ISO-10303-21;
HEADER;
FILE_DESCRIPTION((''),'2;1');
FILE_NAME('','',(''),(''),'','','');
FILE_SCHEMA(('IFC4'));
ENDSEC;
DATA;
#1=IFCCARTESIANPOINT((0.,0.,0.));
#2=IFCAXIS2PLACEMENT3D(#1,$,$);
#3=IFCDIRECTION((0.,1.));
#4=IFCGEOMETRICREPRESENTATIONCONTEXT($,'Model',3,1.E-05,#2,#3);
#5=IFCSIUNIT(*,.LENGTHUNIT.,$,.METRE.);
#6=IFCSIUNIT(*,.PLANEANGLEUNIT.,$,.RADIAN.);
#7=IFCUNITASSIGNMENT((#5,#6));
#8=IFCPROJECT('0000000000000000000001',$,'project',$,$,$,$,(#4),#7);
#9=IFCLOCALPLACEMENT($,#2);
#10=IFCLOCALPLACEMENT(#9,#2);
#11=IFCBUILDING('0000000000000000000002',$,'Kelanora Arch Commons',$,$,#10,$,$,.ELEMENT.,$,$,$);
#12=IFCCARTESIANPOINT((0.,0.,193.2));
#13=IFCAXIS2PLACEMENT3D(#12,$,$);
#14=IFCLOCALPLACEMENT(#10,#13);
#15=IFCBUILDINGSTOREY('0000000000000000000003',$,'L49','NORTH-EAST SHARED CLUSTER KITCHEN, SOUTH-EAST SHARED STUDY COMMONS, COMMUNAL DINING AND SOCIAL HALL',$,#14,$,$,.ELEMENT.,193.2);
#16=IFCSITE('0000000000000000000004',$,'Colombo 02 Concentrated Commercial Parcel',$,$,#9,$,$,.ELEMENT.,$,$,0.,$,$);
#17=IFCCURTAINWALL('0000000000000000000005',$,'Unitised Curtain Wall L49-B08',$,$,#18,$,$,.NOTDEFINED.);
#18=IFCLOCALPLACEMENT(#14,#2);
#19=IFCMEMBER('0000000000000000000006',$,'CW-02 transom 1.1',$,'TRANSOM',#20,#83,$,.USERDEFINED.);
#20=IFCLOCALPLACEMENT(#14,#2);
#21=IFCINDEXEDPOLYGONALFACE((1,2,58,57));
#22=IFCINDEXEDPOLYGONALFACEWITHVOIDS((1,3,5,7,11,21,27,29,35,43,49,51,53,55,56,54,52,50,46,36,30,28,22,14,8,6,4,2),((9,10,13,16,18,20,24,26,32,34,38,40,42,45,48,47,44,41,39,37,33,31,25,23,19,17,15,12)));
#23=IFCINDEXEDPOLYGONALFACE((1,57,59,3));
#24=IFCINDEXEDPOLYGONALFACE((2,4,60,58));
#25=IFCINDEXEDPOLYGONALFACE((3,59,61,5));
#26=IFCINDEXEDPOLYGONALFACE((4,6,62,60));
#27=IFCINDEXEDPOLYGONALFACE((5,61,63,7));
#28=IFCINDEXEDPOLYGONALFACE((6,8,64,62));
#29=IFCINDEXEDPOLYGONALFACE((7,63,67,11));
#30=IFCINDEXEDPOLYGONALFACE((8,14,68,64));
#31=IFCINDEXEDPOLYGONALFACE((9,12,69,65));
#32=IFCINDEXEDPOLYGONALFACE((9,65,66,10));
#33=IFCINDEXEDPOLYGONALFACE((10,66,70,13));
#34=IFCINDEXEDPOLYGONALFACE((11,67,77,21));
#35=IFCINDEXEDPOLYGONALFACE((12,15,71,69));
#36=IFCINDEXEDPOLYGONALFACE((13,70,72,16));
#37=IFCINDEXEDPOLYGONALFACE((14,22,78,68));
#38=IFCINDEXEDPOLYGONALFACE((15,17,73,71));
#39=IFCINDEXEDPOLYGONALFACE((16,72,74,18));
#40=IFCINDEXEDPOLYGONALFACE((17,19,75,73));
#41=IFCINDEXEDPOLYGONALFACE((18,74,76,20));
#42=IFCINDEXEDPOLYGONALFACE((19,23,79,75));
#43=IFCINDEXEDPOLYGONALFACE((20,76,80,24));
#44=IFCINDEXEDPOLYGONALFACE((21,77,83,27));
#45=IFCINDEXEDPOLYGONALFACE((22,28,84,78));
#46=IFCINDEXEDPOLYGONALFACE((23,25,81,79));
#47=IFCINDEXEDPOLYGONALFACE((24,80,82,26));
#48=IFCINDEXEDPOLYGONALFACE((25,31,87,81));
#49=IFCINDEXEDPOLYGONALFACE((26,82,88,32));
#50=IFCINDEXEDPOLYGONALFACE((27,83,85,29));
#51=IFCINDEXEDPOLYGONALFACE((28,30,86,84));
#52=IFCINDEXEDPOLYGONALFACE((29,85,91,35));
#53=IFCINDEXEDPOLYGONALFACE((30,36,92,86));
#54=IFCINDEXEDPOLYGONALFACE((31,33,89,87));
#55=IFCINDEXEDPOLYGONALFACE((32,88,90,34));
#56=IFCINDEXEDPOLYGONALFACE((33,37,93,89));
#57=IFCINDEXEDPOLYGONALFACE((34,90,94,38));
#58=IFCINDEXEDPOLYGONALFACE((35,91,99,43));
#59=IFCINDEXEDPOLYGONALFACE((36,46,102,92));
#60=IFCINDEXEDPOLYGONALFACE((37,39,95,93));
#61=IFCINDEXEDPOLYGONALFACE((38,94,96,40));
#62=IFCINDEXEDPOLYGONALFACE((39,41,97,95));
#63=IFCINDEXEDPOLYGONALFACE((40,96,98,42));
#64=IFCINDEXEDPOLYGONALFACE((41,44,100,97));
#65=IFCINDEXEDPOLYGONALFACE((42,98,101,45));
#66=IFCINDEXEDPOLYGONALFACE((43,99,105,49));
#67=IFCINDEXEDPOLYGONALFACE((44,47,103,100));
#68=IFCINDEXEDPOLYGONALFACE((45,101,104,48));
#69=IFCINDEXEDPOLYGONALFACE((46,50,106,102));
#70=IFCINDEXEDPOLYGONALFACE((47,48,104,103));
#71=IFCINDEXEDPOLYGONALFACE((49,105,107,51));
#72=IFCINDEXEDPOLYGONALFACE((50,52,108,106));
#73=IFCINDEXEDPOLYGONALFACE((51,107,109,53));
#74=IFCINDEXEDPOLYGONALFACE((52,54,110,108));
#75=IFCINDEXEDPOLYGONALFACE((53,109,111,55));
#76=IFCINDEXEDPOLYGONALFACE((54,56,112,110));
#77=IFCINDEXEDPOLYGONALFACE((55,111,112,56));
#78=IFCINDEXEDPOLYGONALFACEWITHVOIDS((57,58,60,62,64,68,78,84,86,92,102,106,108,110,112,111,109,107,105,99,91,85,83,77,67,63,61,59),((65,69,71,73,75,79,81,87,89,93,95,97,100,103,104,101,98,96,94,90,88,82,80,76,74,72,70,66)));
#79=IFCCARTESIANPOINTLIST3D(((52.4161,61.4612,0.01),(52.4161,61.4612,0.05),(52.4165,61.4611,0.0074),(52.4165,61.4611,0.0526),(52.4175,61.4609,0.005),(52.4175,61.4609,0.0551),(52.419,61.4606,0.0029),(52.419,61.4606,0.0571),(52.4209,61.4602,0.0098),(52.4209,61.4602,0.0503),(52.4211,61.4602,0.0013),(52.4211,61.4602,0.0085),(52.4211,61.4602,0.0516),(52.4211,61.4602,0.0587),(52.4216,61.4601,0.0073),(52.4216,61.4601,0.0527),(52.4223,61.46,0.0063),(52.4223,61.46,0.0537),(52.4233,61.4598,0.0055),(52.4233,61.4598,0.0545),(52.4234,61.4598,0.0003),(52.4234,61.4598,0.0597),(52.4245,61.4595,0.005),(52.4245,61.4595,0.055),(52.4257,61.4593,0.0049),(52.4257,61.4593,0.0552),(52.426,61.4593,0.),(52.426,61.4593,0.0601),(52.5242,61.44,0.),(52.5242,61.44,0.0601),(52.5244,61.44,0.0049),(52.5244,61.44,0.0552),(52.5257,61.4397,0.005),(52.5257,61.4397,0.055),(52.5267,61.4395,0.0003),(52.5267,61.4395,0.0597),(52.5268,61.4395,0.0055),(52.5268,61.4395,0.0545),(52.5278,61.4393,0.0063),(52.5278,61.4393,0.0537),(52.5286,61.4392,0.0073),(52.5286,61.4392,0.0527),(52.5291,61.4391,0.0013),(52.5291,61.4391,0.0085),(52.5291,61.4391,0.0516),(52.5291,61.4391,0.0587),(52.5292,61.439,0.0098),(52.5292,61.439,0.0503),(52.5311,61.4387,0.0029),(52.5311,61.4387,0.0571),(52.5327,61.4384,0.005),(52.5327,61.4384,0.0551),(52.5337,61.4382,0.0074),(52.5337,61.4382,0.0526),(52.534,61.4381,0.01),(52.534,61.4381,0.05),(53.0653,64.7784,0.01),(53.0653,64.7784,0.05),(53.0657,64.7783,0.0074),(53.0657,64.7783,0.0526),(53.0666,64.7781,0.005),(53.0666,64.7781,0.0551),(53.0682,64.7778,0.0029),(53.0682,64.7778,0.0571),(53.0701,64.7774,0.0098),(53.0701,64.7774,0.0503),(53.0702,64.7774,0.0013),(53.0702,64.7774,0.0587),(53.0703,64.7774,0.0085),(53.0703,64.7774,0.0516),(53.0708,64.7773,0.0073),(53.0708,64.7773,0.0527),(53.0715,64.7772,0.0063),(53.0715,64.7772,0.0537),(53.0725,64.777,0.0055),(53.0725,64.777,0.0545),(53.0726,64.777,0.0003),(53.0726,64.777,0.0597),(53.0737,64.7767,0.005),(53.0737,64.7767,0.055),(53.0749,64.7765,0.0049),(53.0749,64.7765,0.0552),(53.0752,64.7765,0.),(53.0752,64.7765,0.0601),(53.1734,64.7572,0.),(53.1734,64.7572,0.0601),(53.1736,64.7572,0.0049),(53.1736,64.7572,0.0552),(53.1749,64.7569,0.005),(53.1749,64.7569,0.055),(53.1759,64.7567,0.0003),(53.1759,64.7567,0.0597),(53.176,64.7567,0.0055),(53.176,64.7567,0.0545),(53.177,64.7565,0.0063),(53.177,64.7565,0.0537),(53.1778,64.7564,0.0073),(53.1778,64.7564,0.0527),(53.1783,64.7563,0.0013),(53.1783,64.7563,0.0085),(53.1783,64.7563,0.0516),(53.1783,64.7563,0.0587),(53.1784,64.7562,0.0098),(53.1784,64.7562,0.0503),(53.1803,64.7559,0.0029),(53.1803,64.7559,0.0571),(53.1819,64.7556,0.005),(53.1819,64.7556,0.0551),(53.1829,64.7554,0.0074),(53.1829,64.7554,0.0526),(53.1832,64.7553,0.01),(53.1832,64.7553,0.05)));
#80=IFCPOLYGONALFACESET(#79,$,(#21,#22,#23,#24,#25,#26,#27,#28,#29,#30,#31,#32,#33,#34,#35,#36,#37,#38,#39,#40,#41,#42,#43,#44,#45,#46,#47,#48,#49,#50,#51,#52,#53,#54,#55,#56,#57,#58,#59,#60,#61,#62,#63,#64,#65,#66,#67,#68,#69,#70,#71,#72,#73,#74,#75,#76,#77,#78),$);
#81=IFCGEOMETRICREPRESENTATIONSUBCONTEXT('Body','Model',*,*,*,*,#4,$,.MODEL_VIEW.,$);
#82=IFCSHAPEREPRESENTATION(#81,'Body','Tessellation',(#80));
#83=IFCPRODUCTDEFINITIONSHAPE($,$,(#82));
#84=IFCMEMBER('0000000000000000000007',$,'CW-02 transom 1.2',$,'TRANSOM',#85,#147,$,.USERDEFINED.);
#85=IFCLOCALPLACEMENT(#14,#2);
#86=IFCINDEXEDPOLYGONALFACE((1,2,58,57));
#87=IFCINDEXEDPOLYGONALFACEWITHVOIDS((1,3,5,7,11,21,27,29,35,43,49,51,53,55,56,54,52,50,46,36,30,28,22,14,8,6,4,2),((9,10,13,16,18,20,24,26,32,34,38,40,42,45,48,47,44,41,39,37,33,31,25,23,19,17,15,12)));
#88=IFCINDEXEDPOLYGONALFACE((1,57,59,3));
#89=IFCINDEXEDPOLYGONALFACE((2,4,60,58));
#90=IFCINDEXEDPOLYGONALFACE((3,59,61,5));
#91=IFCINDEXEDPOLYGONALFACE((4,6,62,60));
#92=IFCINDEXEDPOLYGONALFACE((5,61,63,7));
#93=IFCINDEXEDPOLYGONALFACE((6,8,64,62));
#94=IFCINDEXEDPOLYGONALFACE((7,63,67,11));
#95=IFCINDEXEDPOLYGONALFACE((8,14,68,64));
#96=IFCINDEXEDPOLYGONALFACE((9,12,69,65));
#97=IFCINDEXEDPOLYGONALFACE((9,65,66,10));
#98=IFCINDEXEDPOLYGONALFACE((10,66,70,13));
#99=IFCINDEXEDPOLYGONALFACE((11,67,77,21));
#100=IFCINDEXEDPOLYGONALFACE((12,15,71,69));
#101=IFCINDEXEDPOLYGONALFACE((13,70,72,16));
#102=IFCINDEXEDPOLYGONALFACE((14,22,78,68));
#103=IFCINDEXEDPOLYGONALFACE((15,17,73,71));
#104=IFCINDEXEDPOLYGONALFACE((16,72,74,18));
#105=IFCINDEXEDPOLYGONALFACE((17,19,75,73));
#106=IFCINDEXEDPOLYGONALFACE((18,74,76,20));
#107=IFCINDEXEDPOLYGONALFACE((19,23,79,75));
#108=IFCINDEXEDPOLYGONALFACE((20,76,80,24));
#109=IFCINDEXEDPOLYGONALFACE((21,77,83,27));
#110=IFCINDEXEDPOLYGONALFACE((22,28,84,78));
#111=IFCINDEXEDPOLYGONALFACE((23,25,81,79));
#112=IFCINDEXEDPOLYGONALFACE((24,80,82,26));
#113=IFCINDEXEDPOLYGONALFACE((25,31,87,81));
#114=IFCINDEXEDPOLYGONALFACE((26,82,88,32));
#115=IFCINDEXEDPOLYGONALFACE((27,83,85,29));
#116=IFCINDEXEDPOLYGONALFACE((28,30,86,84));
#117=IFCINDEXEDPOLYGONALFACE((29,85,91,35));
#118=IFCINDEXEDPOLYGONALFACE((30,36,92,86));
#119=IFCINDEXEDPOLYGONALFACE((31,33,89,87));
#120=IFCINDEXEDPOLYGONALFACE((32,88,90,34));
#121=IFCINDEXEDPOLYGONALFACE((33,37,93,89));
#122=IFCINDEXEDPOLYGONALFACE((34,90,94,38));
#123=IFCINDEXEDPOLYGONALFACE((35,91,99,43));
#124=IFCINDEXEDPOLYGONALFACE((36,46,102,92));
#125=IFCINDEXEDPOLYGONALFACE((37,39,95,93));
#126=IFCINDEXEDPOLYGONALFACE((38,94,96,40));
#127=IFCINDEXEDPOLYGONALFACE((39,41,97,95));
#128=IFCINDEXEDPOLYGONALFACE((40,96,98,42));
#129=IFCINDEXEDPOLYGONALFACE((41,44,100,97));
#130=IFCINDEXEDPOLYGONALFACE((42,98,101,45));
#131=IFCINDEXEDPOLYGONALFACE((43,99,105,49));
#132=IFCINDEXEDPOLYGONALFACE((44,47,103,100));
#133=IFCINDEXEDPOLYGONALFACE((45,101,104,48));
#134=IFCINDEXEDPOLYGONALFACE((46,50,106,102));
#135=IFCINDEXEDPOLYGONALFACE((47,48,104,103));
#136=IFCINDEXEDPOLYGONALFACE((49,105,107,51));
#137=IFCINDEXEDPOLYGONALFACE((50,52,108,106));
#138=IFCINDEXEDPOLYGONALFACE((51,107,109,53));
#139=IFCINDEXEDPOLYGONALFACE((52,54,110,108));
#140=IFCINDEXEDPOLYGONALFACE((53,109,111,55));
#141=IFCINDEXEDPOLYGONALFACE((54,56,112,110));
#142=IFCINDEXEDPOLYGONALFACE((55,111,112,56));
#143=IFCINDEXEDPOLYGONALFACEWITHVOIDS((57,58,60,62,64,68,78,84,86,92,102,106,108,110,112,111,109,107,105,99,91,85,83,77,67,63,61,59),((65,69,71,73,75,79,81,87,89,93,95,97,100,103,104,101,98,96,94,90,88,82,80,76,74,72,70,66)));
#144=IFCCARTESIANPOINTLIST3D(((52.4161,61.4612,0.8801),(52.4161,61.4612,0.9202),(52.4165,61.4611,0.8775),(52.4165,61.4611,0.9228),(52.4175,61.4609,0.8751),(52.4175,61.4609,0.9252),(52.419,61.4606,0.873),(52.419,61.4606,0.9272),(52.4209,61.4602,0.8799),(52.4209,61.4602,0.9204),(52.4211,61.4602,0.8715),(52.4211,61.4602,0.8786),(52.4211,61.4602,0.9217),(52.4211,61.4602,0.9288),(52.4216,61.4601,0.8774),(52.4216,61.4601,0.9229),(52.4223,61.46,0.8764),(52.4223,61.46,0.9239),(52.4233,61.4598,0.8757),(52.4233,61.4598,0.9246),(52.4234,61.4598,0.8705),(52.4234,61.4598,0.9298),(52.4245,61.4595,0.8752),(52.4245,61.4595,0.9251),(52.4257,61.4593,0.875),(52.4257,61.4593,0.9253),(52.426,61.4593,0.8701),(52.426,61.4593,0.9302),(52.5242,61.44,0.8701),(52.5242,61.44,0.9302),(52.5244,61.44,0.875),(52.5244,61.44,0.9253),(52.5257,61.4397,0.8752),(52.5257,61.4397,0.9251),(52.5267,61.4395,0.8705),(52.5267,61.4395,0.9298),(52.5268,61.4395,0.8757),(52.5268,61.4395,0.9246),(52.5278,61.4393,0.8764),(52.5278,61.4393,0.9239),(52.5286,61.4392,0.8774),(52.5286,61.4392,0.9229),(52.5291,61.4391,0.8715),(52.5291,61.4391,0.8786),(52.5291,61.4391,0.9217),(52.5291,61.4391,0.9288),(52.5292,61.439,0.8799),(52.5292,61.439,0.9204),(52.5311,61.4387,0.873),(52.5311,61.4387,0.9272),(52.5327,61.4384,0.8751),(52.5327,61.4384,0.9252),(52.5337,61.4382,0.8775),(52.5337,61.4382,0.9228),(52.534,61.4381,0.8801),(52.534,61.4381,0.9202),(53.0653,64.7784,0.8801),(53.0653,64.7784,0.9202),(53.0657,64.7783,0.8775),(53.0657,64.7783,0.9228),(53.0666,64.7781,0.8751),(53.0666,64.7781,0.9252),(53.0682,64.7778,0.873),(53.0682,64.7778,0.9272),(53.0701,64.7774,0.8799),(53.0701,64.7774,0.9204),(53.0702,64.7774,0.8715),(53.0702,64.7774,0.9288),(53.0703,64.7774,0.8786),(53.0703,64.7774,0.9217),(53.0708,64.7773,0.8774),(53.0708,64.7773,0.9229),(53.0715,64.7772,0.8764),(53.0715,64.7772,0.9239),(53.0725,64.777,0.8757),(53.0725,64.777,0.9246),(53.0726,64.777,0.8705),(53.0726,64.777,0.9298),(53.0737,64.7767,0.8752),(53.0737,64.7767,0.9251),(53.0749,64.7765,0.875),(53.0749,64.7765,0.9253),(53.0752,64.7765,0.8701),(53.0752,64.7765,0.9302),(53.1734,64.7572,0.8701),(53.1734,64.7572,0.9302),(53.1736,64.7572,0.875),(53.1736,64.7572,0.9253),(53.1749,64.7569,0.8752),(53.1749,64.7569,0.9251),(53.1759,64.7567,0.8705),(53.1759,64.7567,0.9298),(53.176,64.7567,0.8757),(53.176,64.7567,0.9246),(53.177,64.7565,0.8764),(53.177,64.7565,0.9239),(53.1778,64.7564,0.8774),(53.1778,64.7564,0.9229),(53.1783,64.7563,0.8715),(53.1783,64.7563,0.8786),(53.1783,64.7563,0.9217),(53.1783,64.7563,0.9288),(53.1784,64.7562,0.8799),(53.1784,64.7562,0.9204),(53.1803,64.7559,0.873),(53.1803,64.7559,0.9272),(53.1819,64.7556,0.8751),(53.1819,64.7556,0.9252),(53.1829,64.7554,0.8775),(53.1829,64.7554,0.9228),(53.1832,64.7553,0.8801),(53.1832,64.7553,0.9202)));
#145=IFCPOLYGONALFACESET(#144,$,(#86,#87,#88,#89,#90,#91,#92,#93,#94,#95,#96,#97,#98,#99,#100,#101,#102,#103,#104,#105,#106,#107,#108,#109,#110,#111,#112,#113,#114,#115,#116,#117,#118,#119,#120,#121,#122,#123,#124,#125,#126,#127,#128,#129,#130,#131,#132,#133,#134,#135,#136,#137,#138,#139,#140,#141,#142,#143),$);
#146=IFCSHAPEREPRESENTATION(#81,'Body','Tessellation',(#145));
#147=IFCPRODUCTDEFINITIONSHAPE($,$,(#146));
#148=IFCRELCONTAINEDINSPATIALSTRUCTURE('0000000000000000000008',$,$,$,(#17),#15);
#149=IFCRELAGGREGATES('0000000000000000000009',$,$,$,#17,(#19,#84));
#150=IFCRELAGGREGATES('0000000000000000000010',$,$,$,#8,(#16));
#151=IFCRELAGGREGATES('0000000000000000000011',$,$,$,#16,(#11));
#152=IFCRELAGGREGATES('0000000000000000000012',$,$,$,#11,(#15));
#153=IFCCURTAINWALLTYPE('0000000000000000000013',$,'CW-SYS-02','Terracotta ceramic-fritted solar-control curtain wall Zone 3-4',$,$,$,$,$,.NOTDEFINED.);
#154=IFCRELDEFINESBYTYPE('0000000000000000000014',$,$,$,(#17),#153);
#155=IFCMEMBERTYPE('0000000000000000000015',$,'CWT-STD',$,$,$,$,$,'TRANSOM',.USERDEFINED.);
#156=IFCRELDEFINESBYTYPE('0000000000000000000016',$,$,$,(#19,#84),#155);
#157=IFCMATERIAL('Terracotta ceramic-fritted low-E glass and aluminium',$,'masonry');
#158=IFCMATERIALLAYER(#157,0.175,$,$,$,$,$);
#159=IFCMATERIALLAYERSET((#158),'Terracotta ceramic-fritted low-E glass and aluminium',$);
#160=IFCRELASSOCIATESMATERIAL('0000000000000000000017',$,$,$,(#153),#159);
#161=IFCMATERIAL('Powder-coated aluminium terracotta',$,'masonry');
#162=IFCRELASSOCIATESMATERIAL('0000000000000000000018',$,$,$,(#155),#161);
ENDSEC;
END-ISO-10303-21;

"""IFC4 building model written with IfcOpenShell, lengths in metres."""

from ifc_helpers import new_model, si_unit, direction, frame, origin, origin_2d, place, context, subcontext, project, spatial, hollow_rectangle, extrude, material, layer, layer_set, material_profile, profile_set, type_object, element, aggregate, save


model = new_model("IFC4")

# Units and contexts
model_context = context("Model", 3, precision=1e-05, world=origin(), true_north=direction((0.0, 1.0)))
body_context = subcontext(model_context, "Body", "Model", "MODEL_VIEW")
ifc_project = project(units=[si_unit("LENGTHUNIT", "METRE"), si_unit("PLANEANGLEUNIT", "RADIAN")], contexts=[model_context])

# Site, building, storey
site_placement = place(None, origin())
site = spatial("IfcSite", under=ifc_project, at=site_placement, Name="Colombo 02 Concentrated Commercial Parcel", CompositionType="ELEMENT", RefElevation=0.0)
building_placement = place(site_placement, origin())
building = spatial("IfcBuilding", under=site, at=building_placement, Name="Kelanora Arch Commons", CompositionType="ELEMENT")
storey_placement = place(building_placement, frame((0.0, 0.0, 193.2)))
storey = spatial("IfcBuildingStorey", under=building, at=storey_placement, Name="L49", Description="NORTH-EAST SHARED CLUSTER KITCHEN, SOUTH-EAST SHARED STUDY COMMONS, COMMUNAL DINING AND SOCIAL HALL", CompositionType="ELEMENT", Elevation=193.2)

# Curtain wall, members
ifc_material_1 = material(Name="Terracotta ceramic-fritted low-E glass and aluminium", Category="masonry")
ifc_layer_1 = layer(ifc_material_1, 0.175)
ifc_layer_set_1 = layer_set([ifc_layer_1], Name="Terracotta ceramic-fritted low-E glass and aluminium")
curtain_wall_type = type_object("IfcCurtainWallType", Name="CW-SYS-02", Description="Terracotta ceramic-fritted solar-control curtain wall Zone 3-4", PredefinedType="NOTDEFINED", material=ifc_layer_set_1)
curtain_wall_placement = place(storey_placement, origin())
curtain_wall = element("IfcCurtainWall", 1, at=curtain_wall_placement, inside=storey, type_object=curtain_wall_type, Name="Unitised Curtain Wall L49-B08", PredefinedType="NOTDEFINED")
ifc_material_2 = material(Name="Powder-coated aluminium terracotta", Category="masonry")
ifc_material_profile_1 = material_profile(ifc_material_2, hollow_rectangle(XDim=0.1201, YDim=0.0601, WallThickness=0.0049, InnerFilletRadius=0.0049, OuterFilletRadius=0.01, at=origin_2d()), Name="CWT120x60")
ifc_profile_set_1 = profile_set([ifc_material_profile_1], Name="Powder-coated aluminium terracotta")
member_type_1 = type_object("IfcMemberType", Name="CWT-STD", ElementType="TRANSOM", PredefinedType="USERDEFINED", material=ifc_profile_set_1)
member_1_placement = place(storey_placement, frame((53.1243, 64.7668, 0.03), z_axis=(-0.192058, -0.981383, 0.0), x_axis=(0.981383, -0.192058, 0.0)))
member_1 = element("IfcMember", 2, at=member_1_placement, type_object=member_type_1, Name="CW-02 transom 1.1", ObjectType="TRANSOM", PredefinedType="USERDEFINED", context=body_context, shape_type="SweptSolid", body=[
    extrude(hollow_rectangle(XDim=0.1201, YDim=0.0601, WallThickness=0.0049, InnerFilletRadius=0.0049, OuterFilletRadius=0.01, at=origin_2d()), origin(), (0.0, 0.0, 1.0), 3.3801),
])
member_2_placement = place(storey_placement, frame((53.1243, 64.7668, 0.9001), z_axis=(-0.192058, -0.981383, 0.0), x_axis=(0.981383, -0.192058, 0.0)))
member_2 = element("IfcMember", 3, at=member_2_placement, type_object=member_type_1, Name="CW-02 transom 1.2", ObjectType="TRANSOM", PredefinedType="USERDEFINED", context=body_context, shape_type="SweptSolid", body=[
    extrude(hollow_rectangle(XDim=0.1201, YDim=0.0601, WallThickness=0.0049, InnerFilletRadius=0.0049, OuterFilletRadius=0.01, at=origin_2d()), origin(), (0.0, 0.0, 1.0), 3.3801),
])
aggregate(curtain_wall, [member_1, member_2])

save(model, "model.ifc")
